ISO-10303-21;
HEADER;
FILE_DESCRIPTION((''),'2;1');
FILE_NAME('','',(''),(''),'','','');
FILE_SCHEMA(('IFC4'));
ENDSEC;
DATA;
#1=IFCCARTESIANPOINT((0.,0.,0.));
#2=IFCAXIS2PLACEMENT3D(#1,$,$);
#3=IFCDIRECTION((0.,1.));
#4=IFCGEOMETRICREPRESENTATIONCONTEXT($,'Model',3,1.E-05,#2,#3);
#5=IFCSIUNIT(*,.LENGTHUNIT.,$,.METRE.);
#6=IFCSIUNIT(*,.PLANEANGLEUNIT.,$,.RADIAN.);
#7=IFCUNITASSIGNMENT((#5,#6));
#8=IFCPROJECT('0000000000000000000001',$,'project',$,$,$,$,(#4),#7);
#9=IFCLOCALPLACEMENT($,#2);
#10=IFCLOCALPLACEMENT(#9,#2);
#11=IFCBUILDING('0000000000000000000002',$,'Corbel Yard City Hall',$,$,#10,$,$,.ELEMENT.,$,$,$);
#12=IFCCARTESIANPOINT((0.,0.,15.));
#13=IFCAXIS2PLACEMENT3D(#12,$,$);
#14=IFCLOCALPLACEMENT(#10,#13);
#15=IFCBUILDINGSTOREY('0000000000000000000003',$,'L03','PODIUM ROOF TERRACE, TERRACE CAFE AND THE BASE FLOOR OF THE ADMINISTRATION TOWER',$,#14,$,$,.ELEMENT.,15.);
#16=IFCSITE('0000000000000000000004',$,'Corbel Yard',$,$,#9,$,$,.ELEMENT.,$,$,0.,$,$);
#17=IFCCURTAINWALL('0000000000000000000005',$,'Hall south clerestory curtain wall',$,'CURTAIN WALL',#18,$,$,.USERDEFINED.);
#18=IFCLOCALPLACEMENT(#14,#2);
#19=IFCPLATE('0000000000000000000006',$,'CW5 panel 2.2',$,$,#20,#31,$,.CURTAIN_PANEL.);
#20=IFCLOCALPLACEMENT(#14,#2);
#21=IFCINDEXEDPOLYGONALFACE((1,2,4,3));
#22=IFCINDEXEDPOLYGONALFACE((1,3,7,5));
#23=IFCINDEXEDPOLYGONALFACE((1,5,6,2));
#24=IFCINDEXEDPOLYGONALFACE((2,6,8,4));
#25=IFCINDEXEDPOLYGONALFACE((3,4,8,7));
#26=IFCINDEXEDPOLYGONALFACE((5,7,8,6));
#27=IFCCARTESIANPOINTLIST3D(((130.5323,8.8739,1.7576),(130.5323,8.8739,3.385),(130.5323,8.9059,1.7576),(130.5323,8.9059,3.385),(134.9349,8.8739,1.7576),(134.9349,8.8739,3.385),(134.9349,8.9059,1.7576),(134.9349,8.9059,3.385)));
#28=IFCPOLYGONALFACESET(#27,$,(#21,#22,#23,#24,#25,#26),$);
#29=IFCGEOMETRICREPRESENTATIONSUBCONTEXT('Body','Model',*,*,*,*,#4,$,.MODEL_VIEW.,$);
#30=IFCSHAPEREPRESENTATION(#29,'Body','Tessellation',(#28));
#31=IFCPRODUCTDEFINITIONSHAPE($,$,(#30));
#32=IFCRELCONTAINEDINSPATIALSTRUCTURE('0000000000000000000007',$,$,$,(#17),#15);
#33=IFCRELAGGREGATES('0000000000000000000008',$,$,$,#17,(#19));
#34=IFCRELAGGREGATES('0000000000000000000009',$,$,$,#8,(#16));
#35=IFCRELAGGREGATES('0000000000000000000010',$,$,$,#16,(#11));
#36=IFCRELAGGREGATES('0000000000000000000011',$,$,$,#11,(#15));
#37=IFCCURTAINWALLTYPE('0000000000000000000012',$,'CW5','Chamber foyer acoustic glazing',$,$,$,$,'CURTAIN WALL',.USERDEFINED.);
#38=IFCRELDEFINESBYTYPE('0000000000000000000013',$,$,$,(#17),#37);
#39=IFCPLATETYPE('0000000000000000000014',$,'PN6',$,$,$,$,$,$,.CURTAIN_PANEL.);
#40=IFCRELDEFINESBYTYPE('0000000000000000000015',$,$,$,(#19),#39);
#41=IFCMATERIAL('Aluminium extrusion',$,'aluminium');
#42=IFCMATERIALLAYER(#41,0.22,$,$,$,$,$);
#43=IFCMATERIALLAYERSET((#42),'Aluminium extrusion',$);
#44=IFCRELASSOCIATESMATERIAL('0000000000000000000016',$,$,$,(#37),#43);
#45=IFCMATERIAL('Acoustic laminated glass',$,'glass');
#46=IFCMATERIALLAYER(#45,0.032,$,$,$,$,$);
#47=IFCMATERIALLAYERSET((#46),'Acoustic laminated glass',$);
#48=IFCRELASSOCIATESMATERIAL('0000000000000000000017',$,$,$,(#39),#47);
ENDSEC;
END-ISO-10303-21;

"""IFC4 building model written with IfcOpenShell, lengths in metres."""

from ifc_helpers import new_model, si_unit, direction, frame, origin, origin_2d, place, context, subcontext, project, spatial, rectangle, extrude, material, layer, layer_set, type_object, element, aggregate, save


model = new_model("IFC4")

# Units and contexts
model_context = context("Model", 3, precision=1e-05, world=origin(), true_north=direction((0.0, 1.0)))
body_context = subcontext(model_context, "Body", "Model", "MODEL_VIEW")
ifc_project = project(units=[si_unit("LENGTHUNIT", "METRE"), si_unit("PLANEANGLEUNIT", "RADIAN")], contexts=[model_context])

# Site, building, storey
site_placement = place(None, origin())
site = spatial("IfcSite", under=ifc_project, at=site_placement, Name="Corbel Yard", CompositionType="ELEMENT", RefElevation=0.0)
building_placement = place(site_placement, origin())
building = spatial("IfcBuilding", under=site, at=building_placement, Name="Corbel Yard City Hall", CompositionType="ELEMENT")
storey_placement = place(building_placement, frame((0.0, 0.0, 15.0)))
storey = spatial("IfcBuildingStorey", under=building, at=storey_placement, Name="L03", Description="PODIUM ROOF TERRACE, TERRACE CAFE AND THE BASE FLOOR OF THE ADMINISTRATION TOWER", CompositionType="ELEMENT", Elevation=15.0)

# Curtain wall
ifc_material_1 = material(Name="Aluminium extrusion", Category="aluminium")
ifc_layer_1 = layer(ifc_material_1, 0.22)
ifc_layer_set_1 = layer_set([ifc_layer_1], Name="Aluminium extrusion")
curtain_wall_type = type_object("IfcCurtainWallType", Name="CW5", Description="Chamber foyer acoustic glazing", ElementType="CURTAIN WALL", PredefinedType="USERDEFINED", material=ifc_layer_set_1)
curtain_wall_1_placement = place(storey_placement, origin())
curtain_wall_1 = element("IfcCurtainWall", 1, at=curtain_wall_1_placement, inside=storey, type_object=curtain_wall_type, Name="Hall south clerestory curtain wall", ObjectType="CURTAIN WALL", PredefinedType="USERDEFINED")

# Plate
ifc_material_2 = material(Name="Acoustic laminated glass", Category="glass")
ifc_layer_2 = layer(ifc_material_2, 0.032)
ifc_layer_set_2 = layer_set([ifc_layer_2], Name="Acoustic laminated glass")
plate_type = type_object("IfcPlateType", Name="PN6", PredefinedType="CURTAIN_PANEL", material=ifc_layer_set_2)
plate_1_placement = place(storey_placement, frame((132.7336, 8.8899, 1.7576), z_axis=(0.0, 0.0, 1.0), x_axis=(1.0, 0.0, 0.0)))
plate_1 = element("IfcPlate", 2, at=plate_1_placement, type_object=plate_type, Name="CW5 panel 2.2", PredefinedType="CURTAIN_PANEL", context=body_context, shape_type="SweptSolid", body=[
    extrude(rectangle(XDim=4.4026, YDim=0.032, at=origin_2d()), origin(), (0.0, 0.0, 1.0), 1.6274),
])
aggregate(curtain_wall_1, [plate_1])

save(model, "model.ifc")
